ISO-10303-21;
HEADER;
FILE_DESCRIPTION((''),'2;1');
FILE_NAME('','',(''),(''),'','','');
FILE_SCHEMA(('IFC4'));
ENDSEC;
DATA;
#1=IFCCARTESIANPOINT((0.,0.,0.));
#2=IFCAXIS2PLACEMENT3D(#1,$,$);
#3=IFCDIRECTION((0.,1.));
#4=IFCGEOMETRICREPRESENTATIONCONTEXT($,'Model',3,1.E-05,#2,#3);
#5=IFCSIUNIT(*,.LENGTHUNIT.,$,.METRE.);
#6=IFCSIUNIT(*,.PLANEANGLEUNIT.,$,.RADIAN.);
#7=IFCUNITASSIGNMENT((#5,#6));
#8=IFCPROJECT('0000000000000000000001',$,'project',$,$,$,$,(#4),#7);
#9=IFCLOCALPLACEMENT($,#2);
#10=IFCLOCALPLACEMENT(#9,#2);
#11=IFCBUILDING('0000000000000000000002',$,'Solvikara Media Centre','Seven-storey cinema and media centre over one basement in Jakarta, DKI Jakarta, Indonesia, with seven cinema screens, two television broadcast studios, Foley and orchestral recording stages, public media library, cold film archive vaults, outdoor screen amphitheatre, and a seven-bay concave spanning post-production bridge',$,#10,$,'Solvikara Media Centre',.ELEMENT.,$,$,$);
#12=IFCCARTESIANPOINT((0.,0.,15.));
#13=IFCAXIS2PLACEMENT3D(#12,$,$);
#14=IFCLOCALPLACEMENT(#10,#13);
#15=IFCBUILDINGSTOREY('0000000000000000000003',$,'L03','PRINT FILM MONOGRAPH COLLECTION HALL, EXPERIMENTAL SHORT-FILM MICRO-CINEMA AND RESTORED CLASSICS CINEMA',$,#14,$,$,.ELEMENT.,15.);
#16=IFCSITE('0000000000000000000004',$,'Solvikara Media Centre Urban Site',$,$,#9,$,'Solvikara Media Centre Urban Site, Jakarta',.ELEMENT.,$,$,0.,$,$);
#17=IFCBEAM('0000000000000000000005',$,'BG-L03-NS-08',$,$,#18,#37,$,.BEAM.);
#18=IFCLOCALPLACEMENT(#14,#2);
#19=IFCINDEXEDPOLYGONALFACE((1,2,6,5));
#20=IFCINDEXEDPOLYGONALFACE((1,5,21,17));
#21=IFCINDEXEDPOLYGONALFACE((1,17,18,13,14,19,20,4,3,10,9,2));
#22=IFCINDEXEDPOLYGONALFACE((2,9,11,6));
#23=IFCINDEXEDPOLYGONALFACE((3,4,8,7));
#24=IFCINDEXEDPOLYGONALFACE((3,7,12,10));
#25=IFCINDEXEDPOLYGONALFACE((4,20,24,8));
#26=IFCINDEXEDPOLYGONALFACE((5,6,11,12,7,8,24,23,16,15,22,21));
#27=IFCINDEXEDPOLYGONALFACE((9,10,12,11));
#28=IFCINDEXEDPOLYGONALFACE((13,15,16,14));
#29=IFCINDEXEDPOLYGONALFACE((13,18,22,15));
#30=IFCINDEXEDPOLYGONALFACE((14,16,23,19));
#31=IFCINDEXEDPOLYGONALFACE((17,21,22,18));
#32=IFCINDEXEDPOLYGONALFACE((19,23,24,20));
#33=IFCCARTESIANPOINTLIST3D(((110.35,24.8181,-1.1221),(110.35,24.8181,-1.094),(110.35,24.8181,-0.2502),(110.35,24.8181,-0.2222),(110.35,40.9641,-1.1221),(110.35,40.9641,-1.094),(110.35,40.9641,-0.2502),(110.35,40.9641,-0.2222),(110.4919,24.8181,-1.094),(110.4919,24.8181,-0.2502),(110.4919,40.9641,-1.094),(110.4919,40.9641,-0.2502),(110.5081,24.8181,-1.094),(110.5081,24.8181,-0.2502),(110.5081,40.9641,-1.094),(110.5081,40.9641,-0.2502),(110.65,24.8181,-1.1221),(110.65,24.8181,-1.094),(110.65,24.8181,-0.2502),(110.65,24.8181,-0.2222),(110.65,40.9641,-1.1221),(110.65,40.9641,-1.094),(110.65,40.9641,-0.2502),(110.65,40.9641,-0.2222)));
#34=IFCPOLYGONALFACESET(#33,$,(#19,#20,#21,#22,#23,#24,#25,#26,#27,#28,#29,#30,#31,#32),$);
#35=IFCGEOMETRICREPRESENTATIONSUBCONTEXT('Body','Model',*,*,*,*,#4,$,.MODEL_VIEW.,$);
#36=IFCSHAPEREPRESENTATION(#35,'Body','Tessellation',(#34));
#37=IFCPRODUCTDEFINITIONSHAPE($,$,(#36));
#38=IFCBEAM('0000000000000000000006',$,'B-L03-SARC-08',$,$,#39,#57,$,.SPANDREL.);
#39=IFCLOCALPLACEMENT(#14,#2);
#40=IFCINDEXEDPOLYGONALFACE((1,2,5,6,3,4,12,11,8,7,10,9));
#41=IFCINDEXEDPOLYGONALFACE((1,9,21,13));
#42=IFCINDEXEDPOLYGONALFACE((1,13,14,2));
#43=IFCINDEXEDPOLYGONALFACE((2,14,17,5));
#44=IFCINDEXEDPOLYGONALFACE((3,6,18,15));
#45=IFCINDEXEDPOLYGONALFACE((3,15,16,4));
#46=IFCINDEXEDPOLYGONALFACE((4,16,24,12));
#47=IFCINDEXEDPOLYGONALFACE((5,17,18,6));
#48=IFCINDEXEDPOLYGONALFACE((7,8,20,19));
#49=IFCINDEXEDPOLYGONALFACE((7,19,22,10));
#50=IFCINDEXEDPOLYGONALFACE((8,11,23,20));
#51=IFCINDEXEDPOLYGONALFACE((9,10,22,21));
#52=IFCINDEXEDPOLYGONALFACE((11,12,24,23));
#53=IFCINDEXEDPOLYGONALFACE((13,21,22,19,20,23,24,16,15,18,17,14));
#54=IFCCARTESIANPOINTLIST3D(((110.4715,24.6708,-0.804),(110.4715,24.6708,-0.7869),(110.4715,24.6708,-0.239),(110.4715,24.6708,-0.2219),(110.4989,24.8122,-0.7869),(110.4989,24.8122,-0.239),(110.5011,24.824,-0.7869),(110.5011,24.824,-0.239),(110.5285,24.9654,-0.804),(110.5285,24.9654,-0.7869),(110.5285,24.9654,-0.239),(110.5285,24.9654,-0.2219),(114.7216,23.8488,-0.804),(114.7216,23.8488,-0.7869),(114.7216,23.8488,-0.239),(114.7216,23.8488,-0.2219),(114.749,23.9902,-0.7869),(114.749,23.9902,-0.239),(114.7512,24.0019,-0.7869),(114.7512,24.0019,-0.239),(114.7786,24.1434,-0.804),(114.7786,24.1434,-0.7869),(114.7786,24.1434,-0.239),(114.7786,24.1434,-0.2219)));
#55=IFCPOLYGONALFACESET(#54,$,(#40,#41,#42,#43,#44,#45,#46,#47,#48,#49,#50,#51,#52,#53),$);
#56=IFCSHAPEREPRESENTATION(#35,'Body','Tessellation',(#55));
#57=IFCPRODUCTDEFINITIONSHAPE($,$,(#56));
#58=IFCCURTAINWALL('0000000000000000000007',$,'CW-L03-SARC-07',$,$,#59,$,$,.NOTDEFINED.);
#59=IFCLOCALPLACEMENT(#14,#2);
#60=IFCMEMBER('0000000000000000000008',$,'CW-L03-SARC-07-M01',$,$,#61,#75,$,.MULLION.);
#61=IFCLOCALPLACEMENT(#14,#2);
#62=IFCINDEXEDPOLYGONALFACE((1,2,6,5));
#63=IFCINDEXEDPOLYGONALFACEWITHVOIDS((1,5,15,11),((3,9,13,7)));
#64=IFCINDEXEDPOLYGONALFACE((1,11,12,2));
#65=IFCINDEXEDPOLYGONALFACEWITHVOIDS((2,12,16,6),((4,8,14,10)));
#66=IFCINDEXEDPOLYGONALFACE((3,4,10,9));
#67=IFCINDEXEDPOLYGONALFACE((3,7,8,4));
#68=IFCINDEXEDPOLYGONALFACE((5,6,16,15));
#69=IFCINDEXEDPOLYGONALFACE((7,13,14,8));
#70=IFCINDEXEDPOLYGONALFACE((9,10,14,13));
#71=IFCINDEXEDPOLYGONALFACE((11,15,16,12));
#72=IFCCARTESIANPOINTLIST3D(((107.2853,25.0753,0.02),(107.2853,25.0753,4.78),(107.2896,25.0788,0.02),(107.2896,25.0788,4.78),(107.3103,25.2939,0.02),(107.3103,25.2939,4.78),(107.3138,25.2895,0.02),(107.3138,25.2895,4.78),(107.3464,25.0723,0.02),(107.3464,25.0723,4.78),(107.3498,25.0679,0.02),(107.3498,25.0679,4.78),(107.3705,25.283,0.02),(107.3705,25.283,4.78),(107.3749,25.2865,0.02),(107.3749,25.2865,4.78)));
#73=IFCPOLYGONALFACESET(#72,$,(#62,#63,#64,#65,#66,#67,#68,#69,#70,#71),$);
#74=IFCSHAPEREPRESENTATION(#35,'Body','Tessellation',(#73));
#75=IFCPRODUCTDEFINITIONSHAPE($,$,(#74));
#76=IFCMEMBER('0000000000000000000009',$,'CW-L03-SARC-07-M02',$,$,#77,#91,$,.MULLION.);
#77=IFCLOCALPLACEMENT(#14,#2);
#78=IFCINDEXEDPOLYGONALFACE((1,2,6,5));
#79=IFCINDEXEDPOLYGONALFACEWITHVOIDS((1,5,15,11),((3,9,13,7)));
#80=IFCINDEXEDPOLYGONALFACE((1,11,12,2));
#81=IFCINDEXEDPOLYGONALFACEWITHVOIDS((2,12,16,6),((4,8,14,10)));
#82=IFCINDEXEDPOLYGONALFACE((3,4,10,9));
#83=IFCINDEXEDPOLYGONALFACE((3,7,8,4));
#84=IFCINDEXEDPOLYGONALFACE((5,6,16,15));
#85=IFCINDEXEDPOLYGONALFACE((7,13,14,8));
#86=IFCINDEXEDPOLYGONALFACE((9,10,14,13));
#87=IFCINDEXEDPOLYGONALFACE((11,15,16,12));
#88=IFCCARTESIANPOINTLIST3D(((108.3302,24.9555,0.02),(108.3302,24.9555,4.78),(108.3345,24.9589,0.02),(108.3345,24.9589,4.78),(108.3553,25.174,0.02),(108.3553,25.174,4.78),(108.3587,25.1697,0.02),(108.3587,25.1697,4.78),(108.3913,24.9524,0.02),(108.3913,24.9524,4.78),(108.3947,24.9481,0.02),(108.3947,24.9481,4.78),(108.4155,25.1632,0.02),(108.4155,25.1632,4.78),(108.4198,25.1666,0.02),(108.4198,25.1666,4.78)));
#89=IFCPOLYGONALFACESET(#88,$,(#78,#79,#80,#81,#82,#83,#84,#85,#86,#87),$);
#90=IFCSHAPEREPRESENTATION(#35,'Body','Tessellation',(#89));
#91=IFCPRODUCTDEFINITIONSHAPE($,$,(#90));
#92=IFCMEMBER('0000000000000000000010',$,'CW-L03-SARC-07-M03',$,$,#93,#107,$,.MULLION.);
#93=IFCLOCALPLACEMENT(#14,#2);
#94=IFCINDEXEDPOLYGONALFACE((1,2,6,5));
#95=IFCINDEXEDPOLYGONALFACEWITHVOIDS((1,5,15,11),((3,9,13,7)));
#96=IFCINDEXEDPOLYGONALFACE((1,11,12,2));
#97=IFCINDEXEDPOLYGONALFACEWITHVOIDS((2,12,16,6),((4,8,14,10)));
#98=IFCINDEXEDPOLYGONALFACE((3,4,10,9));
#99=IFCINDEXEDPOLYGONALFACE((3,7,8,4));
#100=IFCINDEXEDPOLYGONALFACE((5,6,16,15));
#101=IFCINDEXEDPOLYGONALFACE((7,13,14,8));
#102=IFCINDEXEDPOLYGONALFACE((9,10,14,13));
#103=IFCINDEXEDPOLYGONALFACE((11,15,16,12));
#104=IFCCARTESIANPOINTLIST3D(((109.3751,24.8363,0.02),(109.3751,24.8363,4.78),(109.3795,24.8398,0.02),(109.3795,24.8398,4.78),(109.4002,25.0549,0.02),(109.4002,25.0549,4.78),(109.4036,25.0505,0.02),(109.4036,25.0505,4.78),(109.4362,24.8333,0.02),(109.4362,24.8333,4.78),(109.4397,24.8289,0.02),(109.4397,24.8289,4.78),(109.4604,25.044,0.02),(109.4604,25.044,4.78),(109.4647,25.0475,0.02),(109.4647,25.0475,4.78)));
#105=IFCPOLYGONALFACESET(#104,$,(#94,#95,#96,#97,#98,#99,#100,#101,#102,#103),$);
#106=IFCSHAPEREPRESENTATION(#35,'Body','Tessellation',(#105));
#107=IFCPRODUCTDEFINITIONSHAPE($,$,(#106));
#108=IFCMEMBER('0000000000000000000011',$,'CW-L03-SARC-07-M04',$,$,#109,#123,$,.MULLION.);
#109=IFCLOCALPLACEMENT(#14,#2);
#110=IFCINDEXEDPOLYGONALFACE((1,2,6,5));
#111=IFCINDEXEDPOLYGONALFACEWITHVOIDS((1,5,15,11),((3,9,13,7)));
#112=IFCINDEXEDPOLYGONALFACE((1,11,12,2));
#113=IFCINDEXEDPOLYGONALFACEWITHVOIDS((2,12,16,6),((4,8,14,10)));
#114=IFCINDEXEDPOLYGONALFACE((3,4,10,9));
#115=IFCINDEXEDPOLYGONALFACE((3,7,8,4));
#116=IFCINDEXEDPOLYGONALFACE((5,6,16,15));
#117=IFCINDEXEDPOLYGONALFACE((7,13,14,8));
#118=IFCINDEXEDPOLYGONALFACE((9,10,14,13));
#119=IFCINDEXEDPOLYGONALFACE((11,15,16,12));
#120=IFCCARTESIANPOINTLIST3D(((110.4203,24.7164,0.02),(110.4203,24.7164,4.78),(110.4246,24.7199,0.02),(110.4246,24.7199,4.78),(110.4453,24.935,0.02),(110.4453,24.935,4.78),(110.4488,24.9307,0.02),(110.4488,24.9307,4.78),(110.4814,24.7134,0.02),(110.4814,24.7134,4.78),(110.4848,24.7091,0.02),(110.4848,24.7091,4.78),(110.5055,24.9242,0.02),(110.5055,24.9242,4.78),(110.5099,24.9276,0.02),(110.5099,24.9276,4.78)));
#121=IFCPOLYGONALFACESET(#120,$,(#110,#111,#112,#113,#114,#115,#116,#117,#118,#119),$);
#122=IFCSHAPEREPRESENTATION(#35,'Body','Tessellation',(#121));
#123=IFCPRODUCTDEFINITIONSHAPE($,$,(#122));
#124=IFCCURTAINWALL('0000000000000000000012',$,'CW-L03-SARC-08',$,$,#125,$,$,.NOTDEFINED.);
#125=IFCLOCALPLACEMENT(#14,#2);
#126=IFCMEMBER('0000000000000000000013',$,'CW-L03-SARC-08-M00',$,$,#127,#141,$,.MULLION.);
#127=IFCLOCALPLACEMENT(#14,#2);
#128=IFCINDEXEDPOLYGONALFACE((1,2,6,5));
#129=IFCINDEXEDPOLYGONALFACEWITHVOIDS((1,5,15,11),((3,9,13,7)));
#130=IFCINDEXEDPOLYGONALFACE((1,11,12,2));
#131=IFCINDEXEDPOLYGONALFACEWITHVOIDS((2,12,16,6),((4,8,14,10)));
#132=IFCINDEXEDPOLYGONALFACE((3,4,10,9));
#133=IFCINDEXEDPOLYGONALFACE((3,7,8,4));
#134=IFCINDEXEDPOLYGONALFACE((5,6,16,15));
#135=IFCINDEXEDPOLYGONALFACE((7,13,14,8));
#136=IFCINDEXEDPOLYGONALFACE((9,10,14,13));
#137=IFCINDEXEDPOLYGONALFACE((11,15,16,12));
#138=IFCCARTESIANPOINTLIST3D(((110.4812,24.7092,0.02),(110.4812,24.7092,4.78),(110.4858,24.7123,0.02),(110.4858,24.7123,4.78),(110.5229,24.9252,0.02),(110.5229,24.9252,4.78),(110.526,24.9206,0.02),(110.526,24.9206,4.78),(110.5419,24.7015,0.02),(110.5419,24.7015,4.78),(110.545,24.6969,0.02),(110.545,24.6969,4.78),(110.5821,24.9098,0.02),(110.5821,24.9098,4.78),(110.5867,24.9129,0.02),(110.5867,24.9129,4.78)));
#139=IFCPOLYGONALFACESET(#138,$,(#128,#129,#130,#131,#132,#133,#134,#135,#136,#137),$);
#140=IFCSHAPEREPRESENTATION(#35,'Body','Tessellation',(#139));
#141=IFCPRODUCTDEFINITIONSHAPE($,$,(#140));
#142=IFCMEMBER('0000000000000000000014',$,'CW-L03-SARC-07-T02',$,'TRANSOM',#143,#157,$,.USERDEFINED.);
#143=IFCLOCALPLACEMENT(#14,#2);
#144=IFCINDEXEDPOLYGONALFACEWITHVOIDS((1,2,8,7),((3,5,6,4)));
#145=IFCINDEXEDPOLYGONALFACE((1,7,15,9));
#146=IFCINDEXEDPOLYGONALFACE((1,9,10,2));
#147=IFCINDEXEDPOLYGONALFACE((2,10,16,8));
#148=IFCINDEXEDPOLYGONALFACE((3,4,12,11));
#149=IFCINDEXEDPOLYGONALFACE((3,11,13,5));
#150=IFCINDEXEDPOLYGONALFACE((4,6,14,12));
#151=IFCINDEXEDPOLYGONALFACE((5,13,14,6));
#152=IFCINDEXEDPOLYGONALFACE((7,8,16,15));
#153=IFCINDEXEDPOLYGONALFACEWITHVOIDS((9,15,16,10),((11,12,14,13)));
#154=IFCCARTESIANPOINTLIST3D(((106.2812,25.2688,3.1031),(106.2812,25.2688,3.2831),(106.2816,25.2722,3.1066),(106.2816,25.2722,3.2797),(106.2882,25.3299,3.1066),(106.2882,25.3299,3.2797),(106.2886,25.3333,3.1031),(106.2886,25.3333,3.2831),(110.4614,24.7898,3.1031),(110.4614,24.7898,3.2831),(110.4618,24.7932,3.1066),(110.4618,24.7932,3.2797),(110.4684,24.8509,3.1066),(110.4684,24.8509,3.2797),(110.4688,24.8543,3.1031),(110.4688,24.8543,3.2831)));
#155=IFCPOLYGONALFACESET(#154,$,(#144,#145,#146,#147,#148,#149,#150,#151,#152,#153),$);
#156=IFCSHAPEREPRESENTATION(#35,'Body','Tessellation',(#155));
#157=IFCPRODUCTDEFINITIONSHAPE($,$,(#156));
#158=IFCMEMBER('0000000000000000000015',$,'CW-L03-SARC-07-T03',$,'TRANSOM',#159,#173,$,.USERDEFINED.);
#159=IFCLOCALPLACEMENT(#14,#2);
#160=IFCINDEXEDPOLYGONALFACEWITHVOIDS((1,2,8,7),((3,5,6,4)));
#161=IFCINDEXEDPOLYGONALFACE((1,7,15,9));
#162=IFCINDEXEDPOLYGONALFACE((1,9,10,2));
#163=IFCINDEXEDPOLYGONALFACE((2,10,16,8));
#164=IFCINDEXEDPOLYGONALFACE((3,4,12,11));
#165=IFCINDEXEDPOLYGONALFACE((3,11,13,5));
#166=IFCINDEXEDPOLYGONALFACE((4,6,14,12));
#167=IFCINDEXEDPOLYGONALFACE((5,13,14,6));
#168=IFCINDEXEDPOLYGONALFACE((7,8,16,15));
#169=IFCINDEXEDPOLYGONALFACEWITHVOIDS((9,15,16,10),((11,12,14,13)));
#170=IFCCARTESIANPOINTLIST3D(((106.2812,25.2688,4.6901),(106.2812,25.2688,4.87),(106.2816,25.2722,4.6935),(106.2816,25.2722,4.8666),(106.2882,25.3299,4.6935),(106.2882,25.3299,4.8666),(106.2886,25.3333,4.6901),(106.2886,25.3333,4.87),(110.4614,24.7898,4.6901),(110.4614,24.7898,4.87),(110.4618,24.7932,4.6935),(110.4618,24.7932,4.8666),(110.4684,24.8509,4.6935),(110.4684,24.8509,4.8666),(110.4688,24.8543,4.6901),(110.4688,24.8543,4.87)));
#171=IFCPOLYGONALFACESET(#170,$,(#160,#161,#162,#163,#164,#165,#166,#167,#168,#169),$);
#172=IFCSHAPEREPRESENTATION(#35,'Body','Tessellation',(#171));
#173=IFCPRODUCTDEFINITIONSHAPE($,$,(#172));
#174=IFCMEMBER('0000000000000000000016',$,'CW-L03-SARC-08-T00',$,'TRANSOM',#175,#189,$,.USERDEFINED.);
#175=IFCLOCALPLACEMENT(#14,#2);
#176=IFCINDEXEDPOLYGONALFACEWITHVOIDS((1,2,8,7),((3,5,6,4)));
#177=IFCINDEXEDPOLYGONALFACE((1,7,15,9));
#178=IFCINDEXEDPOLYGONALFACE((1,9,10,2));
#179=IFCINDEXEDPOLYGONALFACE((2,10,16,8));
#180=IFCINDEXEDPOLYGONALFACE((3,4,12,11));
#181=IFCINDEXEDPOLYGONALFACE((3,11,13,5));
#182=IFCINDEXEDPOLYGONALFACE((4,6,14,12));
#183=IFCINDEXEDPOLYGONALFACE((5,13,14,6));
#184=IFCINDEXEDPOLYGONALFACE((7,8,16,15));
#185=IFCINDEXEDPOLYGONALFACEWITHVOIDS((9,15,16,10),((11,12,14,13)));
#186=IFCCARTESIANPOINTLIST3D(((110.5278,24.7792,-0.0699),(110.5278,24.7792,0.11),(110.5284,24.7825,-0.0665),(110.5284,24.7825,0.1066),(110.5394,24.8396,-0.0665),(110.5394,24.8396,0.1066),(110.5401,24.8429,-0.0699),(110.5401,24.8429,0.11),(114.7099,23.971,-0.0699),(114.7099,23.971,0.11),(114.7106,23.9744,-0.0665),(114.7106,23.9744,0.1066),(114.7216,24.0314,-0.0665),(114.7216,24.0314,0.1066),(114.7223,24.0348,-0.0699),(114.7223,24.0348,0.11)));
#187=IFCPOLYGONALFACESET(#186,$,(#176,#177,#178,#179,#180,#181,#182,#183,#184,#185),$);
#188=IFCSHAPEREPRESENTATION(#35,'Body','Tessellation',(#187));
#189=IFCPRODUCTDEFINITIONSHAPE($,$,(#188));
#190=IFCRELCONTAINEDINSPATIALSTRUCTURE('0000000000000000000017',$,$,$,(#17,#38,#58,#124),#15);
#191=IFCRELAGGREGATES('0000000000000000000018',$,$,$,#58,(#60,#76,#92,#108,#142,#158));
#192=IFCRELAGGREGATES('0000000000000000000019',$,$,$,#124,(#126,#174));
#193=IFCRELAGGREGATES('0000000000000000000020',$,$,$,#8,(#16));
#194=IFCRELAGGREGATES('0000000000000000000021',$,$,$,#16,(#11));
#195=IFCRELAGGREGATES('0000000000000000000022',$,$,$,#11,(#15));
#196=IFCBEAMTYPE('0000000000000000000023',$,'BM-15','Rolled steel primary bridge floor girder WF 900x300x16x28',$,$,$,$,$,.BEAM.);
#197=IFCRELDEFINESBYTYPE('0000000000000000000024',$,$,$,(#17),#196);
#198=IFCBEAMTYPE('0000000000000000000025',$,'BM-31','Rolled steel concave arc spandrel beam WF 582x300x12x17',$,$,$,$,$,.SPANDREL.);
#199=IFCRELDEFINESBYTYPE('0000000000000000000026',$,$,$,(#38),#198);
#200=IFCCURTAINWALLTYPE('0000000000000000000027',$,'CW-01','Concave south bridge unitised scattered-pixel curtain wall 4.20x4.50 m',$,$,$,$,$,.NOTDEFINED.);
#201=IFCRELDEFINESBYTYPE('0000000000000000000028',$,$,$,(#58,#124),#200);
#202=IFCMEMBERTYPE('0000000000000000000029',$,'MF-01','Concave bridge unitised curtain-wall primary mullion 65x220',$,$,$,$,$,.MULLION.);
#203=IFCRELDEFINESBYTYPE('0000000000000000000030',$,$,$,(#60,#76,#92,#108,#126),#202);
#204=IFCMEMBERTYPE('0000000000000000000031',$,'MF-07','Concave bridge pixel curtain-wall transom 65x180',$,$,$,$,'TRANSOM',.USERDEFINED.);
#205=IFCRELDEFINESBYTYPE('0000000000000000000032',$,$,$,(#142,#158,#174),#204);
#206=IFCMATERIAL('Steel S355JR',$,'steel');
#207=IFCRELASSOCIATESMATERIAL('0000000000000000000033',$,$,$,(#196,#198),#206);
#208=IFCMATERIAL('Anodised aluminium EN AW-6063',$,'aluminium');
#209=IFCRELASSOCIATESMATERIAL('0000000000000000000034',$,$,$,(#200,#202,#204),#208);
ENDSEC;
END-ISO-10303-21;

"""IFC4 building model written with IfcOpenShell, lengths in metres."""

from ifc_helpers import new_model, si_unit, direction, frame, origin, origin_2d, place, context, subcontext, project, spatial, hollow_rectangle, i_section, extrude, material, material_profile, profile_set, type_object, element, aggregate, save


model = new_model("IFC4")

# Units and contexts
model_context = context("Model", 3, precision=1e-05, world=origin(), true_north=direction((0.0, 1.0)))
body_context = subcontext(model_context, "Body", "Model", "MODEL_VIEW")
ifc_project = project(units=[si_unit("LENGTHUNIT", "METRE"), si_unit("PLANEANGLEUNIT", "RADIAN")], contexts=[model_context])

# Site, building, storey
site_placement = place(None, origin())
site = spatial("IfcSite", under=ifc_project, at=site_placement, Name="Solvikara Media Centre Urban Site", LongName="Solvikara Media Centre Urban Site, Jakarta", CompositionType="ELEMENT", RefElevation=0.0)
building_placement = place(site_placement, origin())
building = spatial("IfcBuilding", under=site, at=building_placement, Name="Solvikara Media Centre", Description="Seven-storey cinema and media centre over one basement in Jakarta, DKI Jakarta, Indonesia, with seven cinema screens, two television broadcast studios, Foley and orchestral recording stages, public media library, cold film archive vaults, outdoor screen amphitheatre, and a seven-bay concave spanning post-production bridge", LongName="Solvikara Media Centre", CompositionType="ELEMENT")
storey_placement = place(building_placement, frame((0.0, 0.0, 15.0)))
storey = spatial("IfcBuildingStorey", under=building, at=storey_placement, Name="L03", Description="PRINT FILM MONOGRAPH COLLECTION HALL, EXPERIMENTAL SHORT-FILM MICRO-CINEMA AND RESTORED CLASSICS CINEMA", CompositionType="ELEMENT", Elevation=15.0)

# Beams
ifc_material_1 = material(Name="Steel S355JR", Category="steel")
ifc_material_profile_1 = material_profile(ifc_material_1, i_section(OverallWidth=0.3, OverallDepth=0.8999, WebThickness=0.0161, FlangeThickness=0.0281, at=origin_2d()), Name="WF 900x300x16x28")
ifc_profile_set_1 = profile_set([ifc_material_profile_1], Name="Steel S355JR")
beam_type_1 = type_object("IfcBeamType", Name="BM-15", Description="Rolled steel primary bridge floor girder WF 900x300x16x28", PredefinedType="BEAM", material=ifc_profile_set_1)
beam_1_placement = place(storey_placement, frame((110.5, 24.8181, -0.6721), z_axis=(0.0, 1.0, 0.0), x_axis=(-1.0, 0.0, 0.0)))
element("IfcBeam", 1, at=beam_1_placement, inside=storey, type_object=beam_type_1, Name="BG-L03-NS-08", PredefinedType="BEAM", context=body_context, shape_type="SweptSolid", body=[
    extrude(i_section(OverallWidth=0.3, OverallDepth=0.8999, WebThickness=0.0161, FlangeThickness=0.0281, at=origin_2d()), origin(), (0.0, 0.0, 1.0), 16.146),
])
ifc_material_profile_2 = material_profile(ifc_material_1, i_section(OverallWidth=0.3, OverallDepth=0.582, WebThickness=0.012, FlangeThickness=0.0171, at=origin_2d()), Name="WF 582x300x12x17")
ifc_profile_set_2 = profile_set([ifc_material_profile_2], Name="Steel S355JR")
beam_type_2 = type_object("IfcBeamType", Name="BM-31", Description="Rolled steel concave arc spandrel beam WF 582x300x12x17", PredefinedType="SPANDREL", material=ifc_profile_set_2)
beam_2_placement = place(storey_placement, frame((110.5, 24.8181, -0.5129), z_axis=(0.981804, -0.189897, 0.0), x_axis=(0.189897, 0.981804, 0.0)))
element("IfcBeam", 2, at=beam_2_placement, inside=storey, type_object=beam_type_2, Name="B-L03-SARC-08", PredefinedType="SPANDREL", context=body_context, shape_type="SweptSolid", body=[
    extrude(i_section(OverallWidth=0.3, OverallDepth=0.582, WebThickness=0.012, FlangeThickness=0.0171, at=origin_2d()), origin(), (0.0, 0.0, 1.0), 4.3289),
])

# Curtain wall, members
ifc_material_2 = material(Name="Anodised aluminium EN AW-6063", Category="aluminium")
curtain_wall_type = type_object("IfcCurtainWallType", Name="CW-01", Description="Concave south bridge unitised scattered-pixel curtain wall 4.20x4.50 m", PredefinedType="NOTDEFINED", material=ifc_material_2)
curtain_wall_1_placement = place(storey_placement, origin())
curtain_wall_1 = element("IfcCurtainWall", 3, at=curtain_wall_1_placement, inside=storey, type_object=curtain_wall_type, Name="CW-L03-SARC-07", PredefinedType="NOTDEFINED")
ifc_material_profile_3 = material_profile(ifc_material_2, hollow_rectangle(XDim=0.0649, YDim=0.22, WallThickness=0.0039, at=origin_2d()), Name="ALU-M 65x220x4")
ifc_profile_set_3 = profile_set([ifc_material_profile_3], Name="Anodised aluminium EN AW-6063")
member_type_1 = type_object("IfcMemberType", Name="MF-01", Description="Concave bridge unitised curtain-wall primary mullion 65x220", PredefinedType="MULLION", material=ifc_profile_set_3)
member_1_placement = place(storey_placement, frame((107.3301, 25.1809, 0.02), z_axis=(0.0, 0.0, 1.0), x_axis=(0.993499, -0.113845, 0.0)))
member_1 = element("IfcMember", 4, at=member_1_placement, type_object=member_type_1, Name="CW-L03-SARC-07-M01", PredefinedType="MULLION", context=body_context, shape_type="SweptSolid", body=[
    extrude(hollow_rectangle(XDim=0.0649, YDim=0.22, WallThickness=0.0039, at=origin_2d()), origin(), (0.0, 0.0, 1.0), 4.76),
])
member_2_placement = place(storey_placement, frame((108.375, 25.061, 0.02), z_axis=(0.0, 0.0, 1.0), x_axis=(0.993499, -0.113845, 0.0)))
member_2 = element("IfcMember", 5, at=member_2_placement, type_object=member_type_1, Name="CW-L03-SARC-07-M02", PredefinedType="MULLION", context=body_context, shape_type="SweptSolid", body=[
    extrude(hollow_rectangle(XDim=0.0649, YDim=0.22, WallThickness=0.0039, at=origin_2d()), origin(), (0.0, 0.0, 1.0), 4.76),
])
member_3_placement = place(storey_placement, frame((109.4199, 24.9419, 0.02), z_axis=(0.0, 0.0, 1.0), x_axis=(0.993499, -0.113845, 0.0)))
member_3 = element("IfcMember", 6, at=member_3_placement, type_object=member_type_1, Name="CW-L03-SARC-07-M03", PredefinedType="MULLION", context=body_context, shape_type="SweptSolid", body=[
    extrude(hollow_rectangle(XDim=0.0649, YDim=0.22, WallThickness=0.0039, at=origin_2d()), origin(), (0.0, 0.0, 1.0), 4.76),
])
member_4_placement = place(storey_placement, frame((110.4651, 24.822, 0.02), z_axis=(0.0, 0.0, 1.0), x_axis=(0.993499, -0.113845, 0.0)))
member_4 = element("IfcMember", 7, at=member_4_placement, type_object=member_type_1, Name="CW-L03-SARC-07-M04", PredefinedType="MULLION", context=body_context, shape_type="SweptSolid", body=[
    extrude(hollow_rectangle(XDim=0.0649, YDim=0.22, WallThickness=0.0039, at=origin_2d()), origin(), (0.0, 0.0, 1.0), 4.76),
])

# Curtain wall, member
curtain_wall_2_placement = place(storey_placement, origin())
curtain_wall_2 = element("IfcCurtainWall", 8, at=curtain_wall_2_placement, inside=storey, type_object=curtain_wall_type, Name="CW-L03-SARC-08", PredefinedType="NOTDEFINED")
member_5_placement = place(storey_placement, frame((110.5339, 24.811, 0.02), z_axis=(0.0, 0.0, 1.0), x_axis=(0.981843, -0.189695, 0.0)))
member_5 = element("IfcMember", 9, at=member_5_placement, type_object=member_type_1, Name="CW-L03-SARC-08-M00", PredefinedType="MULLION", context=body_context, shape_type="SweptSolid", body=[
    extrude(hollow_rectangle(XDim=0.0649, YDim=0.22, WallThickness=0.0039, at=origin_2d()), origin(), (0.0, 0.0, 1.0), 4.76),
])

# Members
ifc_material_profile_4 = material_profile(ifc_material_2, hollow_rectangle(XDim=0.0649, YDim=0.1799, WallThickness=0.0034, at=origin_2d()), Name="ALU-T 65x180x3.5")
ifc_profile_set_4 = profile_set([ifc_material_profile_4], Name="Anodised aluminium EN AW-6063")
member_type_2 = type_object("IfcMemberType", Name="MF-07", Description="Concave bridge pixel curtain-wall transom 65x180", ElementType="TRANSOM", PredefinedType="USERDEFINED", material=ifc_profile_set_4)
member_6_placement = place(storey_placement, frame((106.2849, 25.301, 3.1931), z_axis=(0.993499, -0.113844, 0.0), x_axis=(0.113844, 0.993499, 0.0)))
member_6 = element("IfcMember", 10, at=member_6_placement, type_object=member_type_2, Name="CW-L03-SARC-07-T02", ObjectType="TRANSOM", PredefinedType="USERDEFINED", context=body_context, shape_type="SweptSolid", body=[
    extrude(hollow_rectangle(XDim=0.0649, YDim=0.1799, WallThickness=0.0034, at=origin_2d()), origin(), (0.0, 0.0, 1.0), 4.2075),
])
member_7_placement = place(storey_placement, frame((106.2849, 25.301, 4.78), z_axis=(0.993499, -0.113844, 0.0), x_axis=(0.113844, 0.993499, 0.0)))
member_7 = element("IfcMember", 11, at=member_7_placement, type_object=member_type_2, Name="CW-L03-SARC-07-T03", ObjectType="TRANSOM", PredefinedType="USERDEFINED", context=body_context, shape_type="SweptSolid", body=[
    extrude(hollow_rectangle(XDim=0.0649, YDim=0.1799, WallThickness=0.0034, at=origin_2d()), origin(), (0.0, 0.0, 1.0), 4.2075),
])
member_8_placement = place(storey_placement, frame((110.5339, 24.811, 0.02), z_axis=(0.981838, -0.189719, 0.0), x_axis=(0.189719, 0.981838, 0.0)))
member_8 = element("IfcMember", 12, at=member_8_placement, type_object=member_type_2, Name="CW-L03-SARC-08-T00", ObjectType="TRANSOM", PredefinedType="USERDEFINED", context=body_context, shape_type="SweptSolid", body=[
    extrude(hollow_rectangle(XDim=0.0649, YDim=0.1799, WallThickness=0.0034, at=origin_2d()), origin(), (0.0, 0.0, 1.0), 4.2595),
])

aggregate(curtain_wall_1, [member_1, member_2, member_3, member_4, member_6, member_7])
aggregate(curtain_wall_2, [member_5, member_8])

save(model, "model.ifc")
